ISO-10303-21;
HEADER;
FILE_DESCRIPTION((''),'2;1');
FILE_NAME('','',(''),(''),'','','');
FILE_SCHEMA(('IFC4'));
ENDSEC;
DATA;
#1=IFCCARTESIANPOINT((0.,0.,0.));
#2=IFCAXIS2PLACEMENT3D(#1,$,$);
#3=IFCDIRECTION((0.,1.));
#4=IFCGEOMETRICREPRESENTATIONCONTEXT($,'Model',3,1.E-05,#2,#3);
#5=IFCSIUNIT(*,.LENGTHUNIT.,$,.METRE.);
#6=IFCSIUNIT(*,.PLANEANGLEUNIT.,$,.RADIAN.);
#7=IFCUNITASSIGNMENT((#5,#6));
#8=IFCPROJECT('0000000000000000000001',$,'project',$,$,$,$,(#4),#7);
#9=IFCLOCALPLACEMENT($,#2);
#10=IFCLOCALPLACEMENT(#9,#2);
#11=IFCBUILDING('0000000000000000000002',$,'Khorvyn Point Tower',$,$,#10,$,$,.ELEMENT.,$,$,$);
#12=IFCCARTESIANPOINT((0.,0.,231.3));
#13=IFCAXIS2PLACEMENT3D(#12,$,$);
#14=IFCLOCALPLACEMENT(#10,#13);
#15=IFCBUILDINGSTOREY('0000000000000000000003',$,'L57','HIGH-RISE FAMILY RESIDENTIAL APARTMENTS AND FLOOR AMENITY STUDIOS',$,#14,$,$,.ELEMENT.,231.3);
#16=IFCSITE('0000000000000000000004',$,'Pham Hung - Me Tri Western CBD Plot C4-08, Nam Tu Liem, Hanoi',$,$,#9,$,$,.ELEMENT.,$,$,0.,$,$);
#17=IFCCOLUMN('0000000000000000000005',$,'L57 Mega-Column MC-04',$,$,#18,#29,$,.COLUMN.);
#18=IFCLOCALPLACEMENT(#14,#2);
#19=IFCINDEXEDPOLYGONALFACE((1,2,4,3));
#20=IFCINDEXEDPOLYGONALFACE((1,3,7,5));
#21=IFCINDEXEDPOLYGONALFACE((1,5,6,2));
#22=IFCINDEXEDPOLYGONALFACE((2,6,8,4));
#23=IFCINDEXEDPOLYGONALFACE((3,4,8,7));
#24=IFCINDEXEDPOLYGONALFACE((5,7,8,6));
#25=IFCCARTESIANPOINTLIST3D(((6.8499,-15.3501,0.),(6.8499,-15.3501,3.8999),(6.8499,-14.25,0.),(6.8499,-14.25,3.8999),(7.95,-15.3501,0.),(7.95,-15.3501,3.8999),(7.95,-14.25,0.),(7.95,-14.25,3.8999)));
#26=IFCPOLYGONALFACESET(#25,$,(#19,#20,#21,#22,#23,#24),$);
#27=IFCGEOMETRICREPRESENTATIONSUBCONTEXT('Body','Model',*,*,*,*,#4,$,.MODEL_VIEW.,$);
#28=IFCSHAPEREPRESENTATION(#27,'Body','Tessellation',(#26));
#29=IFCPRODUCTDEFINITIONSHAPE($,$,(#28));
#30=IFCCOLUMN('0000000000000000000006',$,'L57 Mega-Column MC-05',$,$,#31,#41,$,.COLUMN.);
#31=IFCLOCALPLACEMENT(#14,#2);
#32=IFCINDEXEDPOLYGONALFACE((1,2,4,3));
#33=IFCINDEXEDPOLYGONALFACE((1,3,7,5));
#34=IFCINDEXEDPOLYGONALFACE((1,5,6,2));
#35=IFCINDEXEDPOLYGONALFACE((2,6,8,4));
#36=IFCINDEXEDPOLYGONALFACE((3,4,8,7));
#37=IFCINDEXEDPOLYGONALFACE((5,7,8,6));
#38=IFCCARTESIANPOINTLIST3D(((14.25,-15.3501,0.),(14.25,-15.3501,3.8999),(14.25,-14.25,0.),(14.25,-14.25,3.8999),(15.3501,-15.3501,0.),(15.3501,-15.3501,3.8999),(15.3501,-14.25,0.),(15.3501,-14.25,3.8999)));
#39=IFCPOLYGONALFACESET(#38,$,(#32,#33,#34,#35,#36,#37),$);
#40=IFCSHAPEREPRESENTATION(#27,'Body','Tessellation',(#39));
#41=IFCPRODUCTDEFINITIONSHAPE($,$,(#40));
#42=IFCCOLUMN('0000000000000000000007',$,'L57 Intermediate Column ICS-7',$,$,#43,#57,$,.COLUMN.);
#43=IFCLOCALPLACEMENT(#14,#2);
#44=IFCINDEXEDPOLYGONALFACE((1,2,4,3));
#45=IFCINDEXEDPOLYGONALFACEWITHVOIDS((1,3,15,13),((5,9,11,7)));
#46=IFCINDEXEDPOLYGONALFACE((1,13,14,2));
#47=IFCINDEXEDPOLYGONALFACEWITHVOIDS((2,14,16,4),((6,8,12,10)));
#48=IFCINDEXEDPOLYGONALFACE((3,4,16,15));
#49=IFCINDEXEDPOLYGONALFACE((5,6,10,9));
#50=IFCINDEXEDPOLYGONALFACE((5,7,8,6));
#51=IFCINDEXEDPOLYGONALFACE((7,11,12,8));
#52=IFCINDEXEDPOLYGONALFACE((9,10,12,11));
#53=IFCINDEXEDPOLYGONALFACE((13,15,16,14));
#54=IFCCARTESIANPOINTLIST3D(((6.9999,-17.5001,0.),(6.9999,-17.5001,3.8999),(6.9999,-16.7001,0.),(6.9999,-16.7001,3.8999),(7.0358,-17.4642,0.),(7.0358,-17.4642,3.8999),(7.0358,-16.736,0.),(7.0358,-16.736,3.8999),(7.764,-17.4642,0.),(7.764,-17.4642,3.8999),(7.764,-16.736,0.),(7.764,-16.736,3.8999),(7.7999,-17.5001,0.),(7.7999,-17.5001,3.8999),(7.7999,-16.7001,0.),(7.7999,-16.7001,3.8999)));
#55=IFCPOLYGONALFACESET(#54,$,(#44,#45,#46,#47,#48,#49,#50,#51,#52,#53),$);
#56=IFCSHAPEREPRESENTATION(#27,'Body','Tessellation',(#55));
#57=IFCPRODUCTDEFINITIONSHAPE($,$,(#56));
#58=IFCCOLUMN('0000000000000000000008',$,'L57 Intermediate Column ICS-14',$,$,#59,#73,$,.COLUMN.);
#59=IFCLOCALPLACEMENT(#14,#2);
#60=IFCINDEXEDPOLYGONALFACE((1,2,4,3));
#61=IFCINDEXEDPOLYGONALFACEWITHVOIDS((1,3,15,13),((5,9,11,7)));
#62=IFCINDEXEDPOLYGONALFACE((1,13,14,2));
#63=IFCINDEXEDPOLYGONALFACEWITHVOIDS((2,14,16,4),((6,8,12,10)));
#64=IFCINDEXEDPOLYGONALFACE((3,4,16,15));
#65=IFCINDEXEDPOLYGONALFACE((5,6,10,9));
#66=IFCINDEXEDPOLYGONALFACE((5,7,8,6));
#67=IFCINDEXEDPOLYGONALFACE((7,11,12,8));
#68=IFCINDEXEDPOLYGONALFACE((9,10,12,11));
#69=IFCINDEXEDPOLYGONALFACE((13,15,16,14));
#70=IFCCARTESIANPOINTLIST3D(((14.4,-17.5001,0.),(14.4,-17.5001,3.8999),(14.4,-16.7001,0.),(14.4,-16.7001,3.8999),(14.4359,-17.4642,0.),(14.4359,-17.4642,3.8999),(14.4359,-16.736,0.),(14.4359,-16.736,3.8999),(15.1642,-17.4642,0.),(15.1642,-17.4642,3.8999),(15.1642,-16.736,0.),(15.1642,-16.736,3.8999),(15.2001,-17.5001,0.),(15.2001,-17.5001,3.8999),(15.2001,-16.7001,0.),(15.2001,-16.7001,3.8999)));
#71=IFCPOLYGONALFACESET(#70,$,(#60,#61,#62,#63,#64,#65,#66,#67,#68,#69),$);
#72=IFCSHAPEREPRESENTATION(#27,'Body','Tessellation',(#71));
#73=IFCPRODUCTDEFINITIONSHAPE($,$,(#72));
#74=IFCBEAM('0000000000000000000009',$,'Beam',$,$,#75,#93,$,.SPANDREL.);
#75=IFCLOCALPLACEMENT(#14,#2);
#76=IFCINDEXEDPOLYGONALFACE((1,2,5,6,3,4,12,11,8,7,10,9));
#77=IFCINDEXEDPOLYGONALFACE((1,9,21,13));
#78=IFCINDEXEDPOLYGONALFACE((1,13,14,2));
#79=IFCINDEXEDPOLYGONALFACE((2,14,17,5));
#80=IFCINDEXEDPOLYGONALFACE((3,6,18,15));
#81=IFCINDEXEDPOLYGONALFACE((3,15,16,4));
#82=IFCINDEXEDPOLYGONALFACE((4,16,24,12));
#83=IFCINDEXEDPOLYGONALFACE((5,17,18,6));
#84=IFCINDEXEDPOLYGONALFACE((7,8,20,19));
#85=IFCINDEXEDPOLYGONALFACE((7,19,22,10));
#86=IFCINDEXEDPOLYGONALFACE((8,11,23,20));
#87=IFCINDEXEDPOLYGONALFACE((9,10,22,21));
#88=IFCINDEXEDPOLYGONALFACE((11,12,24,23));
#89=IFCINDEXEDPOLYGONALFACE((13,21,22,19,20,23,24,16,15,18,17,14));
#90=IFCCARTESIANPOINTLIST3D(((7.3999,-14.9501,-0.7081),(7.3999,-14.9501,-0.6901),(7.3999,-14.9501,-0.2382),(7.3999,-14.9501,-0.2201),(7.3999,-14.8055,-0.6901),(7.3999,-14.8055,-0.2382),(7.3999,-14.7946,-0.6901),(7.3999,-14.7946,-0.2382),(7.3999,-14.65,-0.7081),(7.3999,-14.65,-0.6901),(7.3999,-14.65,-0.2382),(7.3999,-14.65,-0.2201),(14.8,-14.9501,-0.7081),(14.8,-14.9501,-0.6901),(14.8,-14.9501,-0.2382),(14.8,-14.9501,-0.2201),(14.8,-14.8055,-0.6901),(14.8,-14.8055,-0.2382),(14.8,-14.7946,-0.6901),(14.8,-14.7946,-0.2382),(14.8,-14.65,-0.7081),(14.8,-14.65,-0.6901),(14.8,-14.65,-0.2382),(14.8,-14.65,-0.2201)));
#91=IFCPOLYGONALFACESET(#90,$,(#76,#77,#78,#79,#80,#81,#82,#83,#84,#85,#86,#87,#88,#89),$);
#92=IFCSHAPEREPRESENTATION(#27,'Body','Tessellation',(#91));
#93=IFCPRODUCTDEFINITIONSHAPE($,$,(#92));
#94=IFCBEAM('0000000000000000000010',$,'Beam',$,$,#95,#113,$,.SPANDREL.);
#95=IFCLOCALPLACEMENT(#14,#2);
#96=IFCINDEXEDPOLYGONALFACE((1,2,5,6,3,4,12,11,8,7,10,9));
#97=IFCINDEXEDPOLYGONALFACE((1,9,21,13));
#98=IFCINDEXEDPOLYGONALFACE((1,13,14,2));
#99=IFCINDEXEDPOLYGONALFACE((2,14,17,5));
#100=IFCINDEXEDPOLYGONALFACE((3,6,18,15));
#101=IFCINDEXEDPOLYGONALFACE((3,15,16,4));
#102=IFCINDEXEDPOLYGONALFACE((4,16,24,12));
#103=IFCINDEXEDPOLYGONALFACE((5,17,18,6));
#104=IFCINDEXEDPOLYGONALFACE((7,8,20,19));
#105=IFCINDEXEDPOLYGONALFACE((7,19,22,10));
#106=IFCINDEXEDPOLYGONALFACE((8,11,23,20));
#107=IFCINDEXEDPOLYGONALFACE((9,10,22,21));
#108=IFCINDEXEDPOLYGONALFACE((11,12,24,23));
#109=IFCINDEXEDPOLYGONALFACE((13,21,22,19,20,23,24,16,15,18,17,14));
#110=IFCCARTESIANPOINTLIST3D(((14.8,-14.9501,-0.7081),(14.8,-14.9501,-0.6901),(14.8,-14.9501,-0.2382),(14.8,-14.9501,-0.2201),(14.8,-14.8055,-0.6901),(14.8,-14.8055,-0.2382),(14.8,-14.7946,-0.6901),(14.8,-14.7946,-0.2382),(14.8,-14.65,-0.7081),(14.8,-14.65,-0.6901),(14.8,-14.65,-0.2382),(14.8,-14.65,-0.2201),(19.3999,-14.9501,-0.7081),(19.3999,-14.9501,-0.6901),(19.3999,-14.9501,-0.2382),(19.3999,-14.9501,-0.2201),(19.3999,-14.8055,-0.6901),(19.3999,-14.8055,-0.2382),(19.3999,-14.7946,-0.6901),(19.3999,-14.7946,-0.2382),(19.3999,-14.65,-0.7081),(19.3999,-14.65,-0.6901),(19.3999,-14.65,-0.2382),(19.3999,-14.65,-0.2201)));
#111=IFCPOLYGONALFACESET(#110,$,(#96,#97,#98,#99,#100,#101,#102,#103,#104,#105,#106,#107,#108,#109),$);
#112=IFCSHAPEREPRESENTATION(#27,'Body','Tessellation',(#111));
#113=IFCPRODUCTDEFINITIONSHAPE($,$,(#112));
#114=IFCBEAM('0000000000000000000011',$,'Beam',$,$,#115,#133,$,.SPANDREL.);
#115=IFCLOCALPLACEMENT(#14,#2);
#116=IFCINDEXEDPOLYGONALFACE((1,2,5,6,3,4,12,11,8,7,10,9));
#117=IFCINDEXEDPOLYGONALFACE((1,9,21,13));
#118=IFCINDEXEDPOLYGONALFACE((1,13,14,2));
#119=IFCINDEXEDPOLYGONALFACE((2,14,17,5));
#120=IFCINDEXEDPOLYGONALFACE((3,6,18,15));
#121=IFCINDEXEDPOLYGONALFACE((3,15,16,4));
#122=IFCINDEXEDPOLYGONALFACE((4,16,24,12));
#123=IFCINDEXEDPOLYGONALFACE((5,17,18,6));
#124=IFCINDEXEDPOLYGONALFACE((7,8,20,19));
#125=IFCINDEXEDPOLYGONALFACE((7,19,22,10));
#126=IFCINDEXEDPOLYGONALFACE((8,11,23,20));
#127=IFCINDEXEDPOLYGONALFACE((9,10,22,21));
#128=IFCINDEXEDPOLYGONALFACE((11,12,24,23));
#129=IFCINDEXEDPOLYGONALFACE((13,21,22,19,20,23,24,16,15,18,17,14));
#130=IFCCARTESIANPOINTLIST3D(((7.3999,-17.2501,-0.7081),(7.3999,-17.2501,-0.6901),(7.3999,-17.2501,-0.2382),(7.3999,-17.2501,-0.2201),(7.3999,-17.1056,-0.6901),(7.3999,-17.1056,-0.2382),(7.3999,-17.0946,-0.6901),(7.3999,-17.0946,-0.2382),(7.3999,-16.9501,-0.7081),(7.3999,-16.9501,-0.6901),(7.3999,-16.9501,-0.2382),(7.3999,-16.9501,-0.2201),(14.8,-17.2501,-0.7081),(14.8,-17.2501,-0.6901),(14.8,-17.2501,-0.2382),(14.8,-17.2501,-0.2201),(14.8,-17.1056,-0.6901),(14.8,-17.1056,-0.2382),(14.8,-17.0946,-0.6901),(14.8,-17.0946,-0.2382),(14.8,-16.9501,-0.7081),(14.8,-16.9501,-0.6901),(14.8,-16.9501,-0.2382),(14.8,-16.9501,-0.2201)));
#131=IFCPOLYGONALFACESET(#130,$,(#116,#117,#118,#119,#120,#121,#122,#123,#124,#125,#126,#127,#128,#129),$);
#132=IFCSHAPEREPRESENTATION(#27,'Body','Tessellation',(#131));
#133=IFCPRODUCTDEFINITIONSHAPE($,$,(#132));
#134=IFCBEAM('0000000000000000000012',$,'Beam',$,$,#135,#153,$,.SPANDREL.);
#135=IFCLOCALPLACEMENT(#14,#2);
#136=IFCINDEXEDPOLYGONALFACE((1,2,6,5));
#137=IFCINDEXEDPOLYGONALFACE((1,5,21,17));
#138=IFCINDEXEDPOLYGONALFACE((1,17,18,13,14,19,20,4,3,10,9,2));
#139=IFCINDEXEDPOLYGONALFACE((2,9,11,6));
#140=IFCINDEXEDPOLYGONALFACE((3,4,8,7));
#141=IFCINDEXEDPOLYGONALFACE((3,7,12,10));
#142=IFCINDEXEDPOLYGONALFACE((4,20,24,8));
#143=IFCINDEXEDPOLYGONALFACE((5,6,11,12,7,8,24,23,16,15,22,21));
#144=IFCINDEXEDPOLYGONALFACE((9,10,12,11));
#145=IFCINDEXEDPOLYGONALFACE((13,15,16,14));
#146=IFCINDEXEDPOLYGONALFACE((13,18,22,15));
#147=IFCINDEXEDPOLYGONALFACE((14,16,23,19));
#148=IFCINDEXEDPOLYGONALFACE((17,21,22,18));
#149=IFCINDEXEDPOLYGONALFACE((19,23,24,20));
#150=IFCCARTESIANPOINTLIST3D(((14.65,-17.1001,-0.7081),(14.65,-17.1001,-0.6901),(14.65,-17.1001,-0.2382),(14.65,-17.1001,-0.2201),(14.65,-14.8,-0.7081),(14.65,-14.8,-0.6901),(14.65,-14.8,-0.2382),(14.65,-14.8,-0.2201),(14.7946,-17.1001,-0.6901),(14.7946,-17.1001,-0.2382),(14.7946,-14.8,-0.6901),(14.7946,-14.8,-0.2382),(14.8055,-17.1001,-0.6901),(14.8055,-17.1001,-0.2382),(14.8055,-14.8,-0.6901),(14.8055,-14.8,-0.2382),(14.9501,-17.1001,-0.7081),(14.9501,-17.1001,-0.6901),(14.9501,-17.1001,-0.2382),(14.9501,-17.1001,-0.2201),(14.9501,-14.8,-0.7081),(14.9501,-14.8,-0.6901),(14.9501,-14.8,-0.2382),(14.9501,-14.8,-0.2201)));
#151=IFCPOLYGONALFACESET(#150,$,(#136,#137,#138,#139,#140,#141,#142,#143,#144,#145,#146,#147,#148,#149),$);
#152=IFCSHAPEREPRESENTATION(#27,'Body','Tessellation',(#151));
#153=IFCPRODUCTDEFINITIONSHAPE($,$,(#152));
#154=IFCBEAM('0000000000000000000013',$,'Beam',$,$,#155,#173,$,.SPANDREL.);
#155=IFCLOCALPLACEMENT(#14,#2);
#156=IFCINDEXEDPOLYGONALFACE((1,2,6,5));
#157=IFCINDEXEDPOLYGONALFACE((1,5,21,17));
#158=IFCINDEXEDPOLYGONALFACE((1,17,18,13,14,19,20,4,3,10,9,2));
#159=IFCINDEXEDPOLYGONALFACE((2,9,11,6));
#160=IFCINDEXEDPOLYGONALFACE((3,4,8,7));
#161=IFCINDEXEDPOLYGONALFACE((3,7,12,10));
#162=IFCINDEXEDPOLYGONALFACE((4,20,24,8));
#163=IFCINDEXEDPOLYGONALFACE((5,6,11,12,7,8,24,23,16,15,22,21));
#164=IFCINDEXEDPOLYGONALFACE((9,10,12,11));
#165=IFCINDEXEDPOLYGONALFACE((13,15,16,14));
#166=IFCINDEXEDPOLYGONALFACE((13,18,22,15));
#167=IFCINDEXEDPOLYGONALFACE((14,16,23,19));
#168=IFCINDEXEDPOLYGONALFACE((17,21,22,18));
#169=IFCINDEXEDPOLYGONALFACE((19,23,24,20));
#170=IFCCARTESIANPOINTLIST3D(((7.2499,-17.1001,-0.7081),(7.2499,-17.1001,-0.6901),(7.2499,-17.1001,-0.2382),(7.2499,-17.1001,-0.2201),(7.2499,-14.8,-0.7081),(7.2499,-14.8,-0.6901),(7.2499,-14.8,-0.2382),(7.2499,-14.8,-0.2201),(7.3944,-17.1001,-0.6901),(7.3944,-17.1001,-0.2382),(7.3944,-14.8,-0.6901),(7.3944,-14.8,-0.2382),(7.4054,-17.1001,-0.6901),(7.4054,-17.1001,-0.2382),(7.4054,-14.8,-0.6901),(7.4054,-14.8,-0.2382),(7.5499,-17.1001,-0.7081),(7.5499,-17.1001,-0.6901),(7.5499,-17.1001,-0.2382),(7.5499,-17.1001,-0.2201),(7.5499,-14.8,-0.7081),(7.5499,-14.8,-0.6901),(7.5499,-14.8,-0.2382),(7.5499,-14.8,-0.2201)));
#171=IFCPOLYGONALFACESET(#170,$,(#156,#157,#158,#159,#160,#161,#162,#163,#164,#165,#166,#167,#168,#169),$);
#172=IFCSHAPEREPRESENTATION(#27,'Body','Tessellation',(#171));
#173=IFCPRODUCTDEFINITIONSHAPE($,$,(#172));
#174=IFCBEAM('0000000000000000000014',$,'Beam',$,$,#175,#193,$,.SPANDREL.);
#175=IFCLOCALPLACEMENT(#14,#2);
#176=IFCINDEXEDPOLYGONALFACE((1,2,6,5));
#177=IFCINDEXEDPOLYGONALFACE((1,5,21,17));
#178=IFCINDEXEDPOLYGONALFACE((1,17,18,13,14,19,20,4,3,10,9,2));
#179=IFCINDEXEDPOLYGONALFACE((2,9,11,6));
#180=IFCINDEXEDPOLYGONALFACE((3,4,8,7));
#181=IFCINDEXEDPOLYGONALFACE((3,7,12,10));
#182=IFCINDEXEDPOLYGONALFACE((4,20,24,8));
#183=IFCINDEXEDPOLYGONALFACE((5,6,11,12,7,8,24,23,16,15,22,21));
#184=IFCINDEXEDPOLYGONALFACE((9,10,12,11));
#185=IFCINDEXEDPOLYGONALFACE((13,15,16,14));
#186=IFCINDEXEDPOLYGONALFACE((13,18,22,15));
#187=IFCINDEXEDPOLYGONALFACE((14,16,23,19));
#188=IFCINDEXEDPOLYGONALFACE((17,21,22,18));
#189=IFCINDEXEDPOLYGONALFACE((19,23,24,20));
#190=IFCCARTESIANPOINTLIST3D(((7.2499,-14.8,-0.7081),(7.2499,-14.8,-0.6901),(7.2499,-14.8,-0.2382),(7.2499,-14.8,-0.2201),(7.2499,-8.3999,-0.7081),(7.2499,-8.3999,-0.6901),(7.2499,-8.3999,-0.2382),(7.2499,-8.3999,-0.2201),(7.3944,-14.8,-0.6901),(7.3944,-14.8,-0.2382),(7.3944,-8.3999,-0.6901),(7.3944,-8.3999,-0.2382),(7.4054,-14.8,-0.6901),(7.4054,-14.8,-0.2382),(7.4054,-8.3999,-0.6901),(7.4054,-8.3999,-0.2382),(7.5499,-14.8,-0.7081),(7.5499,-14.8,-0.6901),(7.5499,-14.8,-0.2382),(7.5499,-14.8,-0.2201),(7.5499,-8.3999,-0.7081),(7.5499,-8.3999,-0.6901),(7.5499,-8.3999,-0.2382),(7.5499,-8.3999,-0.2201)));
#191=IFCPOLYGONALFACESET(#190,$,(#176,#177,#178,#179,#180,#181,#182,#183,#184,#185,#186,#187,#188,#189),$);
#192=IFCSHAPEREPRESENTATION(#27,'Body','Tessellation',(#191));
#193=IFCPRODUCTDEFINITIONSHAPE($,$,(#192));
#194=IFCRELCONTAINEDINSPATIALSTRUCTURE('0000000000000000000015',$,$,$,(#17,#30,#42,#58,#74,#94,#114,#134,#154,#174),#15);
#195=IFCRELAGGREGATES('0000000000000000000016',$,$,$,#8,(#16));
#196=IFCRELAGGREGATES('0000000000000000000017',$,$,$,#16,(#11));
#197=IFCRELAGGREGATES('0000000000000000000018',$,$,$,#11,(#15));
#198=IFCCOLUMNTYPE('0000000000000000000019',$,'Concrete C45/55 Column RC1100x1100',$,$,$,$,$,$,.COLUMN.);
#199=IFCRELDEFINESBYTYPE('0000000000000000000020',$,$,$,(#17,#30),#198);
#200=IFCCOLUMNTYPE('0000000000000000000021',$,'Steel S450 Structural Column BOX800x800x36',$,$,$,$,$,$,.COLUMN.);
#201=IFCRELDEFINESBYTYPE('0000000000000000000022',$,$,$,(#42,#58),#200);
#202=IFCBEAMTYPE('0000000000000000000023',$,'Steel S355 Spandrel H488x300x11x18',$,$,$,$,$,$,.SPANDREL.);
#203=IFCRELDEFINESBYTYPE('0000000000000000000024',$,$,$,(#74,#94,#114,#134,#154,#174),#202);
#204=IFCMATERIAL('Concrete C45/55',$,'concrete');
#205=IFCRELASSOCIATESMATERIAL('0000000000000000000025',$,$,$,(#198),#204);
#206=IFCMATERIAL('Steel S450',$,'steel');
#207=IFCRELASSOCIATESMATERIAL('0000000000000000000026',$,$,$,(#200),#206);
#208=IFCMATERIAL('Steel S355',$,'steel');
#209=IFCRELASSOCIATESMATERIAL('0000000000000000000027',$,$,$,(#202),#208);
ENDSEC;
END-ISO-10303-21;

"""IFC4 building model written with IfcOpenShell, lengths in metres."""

from ifc_helpers import new_model, si_unit, direction, frame, origin, origin_2d, place, context, subcontext, project, spatial, rectangle, hollow_rectangle, i_section, extrude, material, material_profile, profile_set, type_object, element, save


model = new_model("IFC4")

# Units and contexts
model_context = context("Model", 3, precision=1e-05, world=origin(), true_north=direction((0.0, 1.0)))
body_context = subcontext(model_context, "Body", "Model", "MODEL_VIEW")
ifc_project = project(units=[si_unit("LENGTHUNIT", "METRE"), si_unit("PLANEANGLEUNIT", "RADIAN")], contexts=[model_context])

# Site, building, storey
site_placement = place(None, origin())
site = spatial("IfcSite", under=ifc_project, at=site_placement, Name="Pham Hung - Me Tri Western CBD Plot C4-08, Nam Tu Liem, Hanoi", CompositionType="ELEMENT", RefElevation=0.0)
building_placement = place(site_placement, origin())
building = spatial("IfcBuilding", under=site, at=building_placement, Name="Khorvyn Point Tower", CompositionType="ELEMENT")
storey_placement = place(building_placement, frame((0.0, 0.0, 231.3)))
storey = spatial("IfcBuildingStorey", under=building, at=storey_placement, Name="L57", Description="HIGH-RISE FAMILY RESIDENTIAL APARTMENTS AND FLOOR AMENITY STUDIOS", CompositionType="ELEMENT", Elevation=231.3)

# Columns
ifc_material_1 = material(Name="Concrete C45/55", Category="concrete")
ifc_material_profile_1 = material_profile(ifc_material_1, rectangle(XDim=1.1001, YDim=1.1001, at=origin_2d()))
ifc_profile_set_1 = profile_set([ifc_material_profile_1], Name="Concrete C45/55 RC1100x1100")
column_type_1 = type_object("IfcColumnType", Name="Concrete C45/55 Column RC1100x1100", PredefinedType="COLUMN", material=ifc_profile_set_1)
for number, where, z_axis, x_axis, name in (
    (1, (7.3999, -14.8, 0.0), (0.0, 0.0, 1.0), (1.0, 0.0, 0.0), "L57 Mega-Column MC-04"),
    (2, (14.8, -14.8, 0.0), (0.0, 0.0, 1.0), (1.0, 0.0, 0.0), "L57 Mega-Column MC-05"),
):
    element("IfcColumn", number, at=place(storey_placement, frame(where, z_axis=z_axis, x_axis=x_axis)), inside=storey, type_object=column_type_1, Name=name, PredefinedType="COLUMN", context=body_context, shape_type="SweptSolid", body=[
        extrude(rectangle(XDim=1.1001, YDim=1.1001, at=origin_2d()), origin(), (0.0, 0.0, 1.0), 3.8999),
    ])
ifc_material_2 = material(Name="Steel S450", Category="steel")
ifc_material_profile_2 = material_profile(ifc_material_2, hollow_rectangle(XDim=0.8, YDim=0.8, WallThickness=0.0359, at=origin_2d()))
ifc_profile_set_2 = profile_set([ifc_material_profile_2], Name="Steel S450 BOX800x800x36")
column_type_2 = type_object("IfcColumnType", Name="Steel S450 Structural Column BOX800x800x36", PredefinedType="COLUMN", material=ifc_profile_set_2)
for number, where, z_axis, x_axis, name in (
    (3, (7.3999, -17.1001, 0.0), (0.0, 0.0, 1.0), (1.0, 0.0, 0.0), "L57 Intermediate Column ICS-7"),
    (4, (14.8, -17.1001, 0.0), (0.0, 0.0, 1.0), (1.0, 0.0, 0.0), "L57 Intermediate Column ICS-14"),
):
    element("IfcColumn", number, at=place(storey_placement, frame(where, z_axis=z_axis, x_axis=x_axis)), inside=storey, type_object=column_type_2, Name=name, PredefinedType="COLUMN", context=body_context, shape_type="SweptSolid", body=[
        extrude(hollow_rectangle(XDim=0.8, YDim=0.8, WallThickness=0.0359, at=origin_2d()), origin(), (0.0, 0.0, 1.0), 3.8999),
    ])

# Beams
ifc_material_3 = material(Name="Steel S355", Category="steel")
ifc_material_profile_3 = material_profile(ifc_material_3, i_section(OverallWidth=0.3, OverallDepth=0.488, WebThickness=0.011, FlangeThickness=0.0181, at=origin_2d()))
ifc_profile_set_3 = profile_set([ifc_material_profile_3], Name="Steel S355 H488x300x11x18")
beam_type = type_object("IfcBeamType", Name="Steel S355 Spandrel H488x300x11x18", PredefinedType="SPANDREL", material=ifc_profile_set_3)
beam_1_placement = place(storey_placement, frame((7.3999, -14.8, -0.4641), z_axis=(1.0, 0.0, 0.0), x_axis=(0.0, 1.0, 0.0)))
element("IfcBeam", 5, at=beam_1_placement, inside=storey, type_object=beam_type, Name="Beam", PredefinedType="SPANDREL", context=body_context, shape_type="SweptSolid", body=[
    extrude(i_section(OverallWidth=0.3, OverallDepth=0.488, WebThickness=0.011, FlangeThickness=0.0181, at=origin_2d()), origin(), (0.0, 0.0, 1.0), 7.4001),
])
beam_2_placement = place(storey_placement, frame((14.8, -14.8, -0.4641), z_axis=(1.0, 0.0, 0.0), x_axis=(0.0, 1.0, 0.0)))
element("IfcBeam", 6, at=beam_2_placement, inside=storey, type_object=beam_type, Name="Beam", PredefinedType="SPANDREL", context=body_context, shape_type="SweptSolid", body=[
    extrude(i_section(OverallWidth=0.3, OverallDepth=0.488, WebThickness=0.011, FlangeThickness=0.0181, at=origin_2d()), origin(), (0.0, 0.0, 1.0), 4.5999),
])
beam_3_placement = place(storey_placement, frame((7.3999, -17.1001, -0.4641), z_axis=(1.0, 0.0, 0.0), x_axis=(0.0, 1.0, 0.0)))
element("IfcBeam", 7, at=beam_3_placement, inside=storey, type_object=beam_type, Name="Beam", PredefinedType="SPANDREL", context=body_context, shape_type="SweptSolid", body=[
    extrude(i_section(OverallWidth=0.3, OverallDepth=0.488, WebThickness=0.011, FlangeThickness=0.0181, at=origin_2d()), origin(), (0.0, 0.0, 1.0), 7.4001),
])
for number, where, z_axis, x_axis, name in (
    (8, (14.8, -17.1001, -0.4641), (0.0, 1.0, 0.0), (-1.0, 0.0, 0.0), "Beam"),
    (9, (7.3999, -17.1001, -0.4641), (0.0, 1.0, 0.0), (-1.0, 0.0, 0.0), "Beam"),
):
    element("IfcBeam", number, at=place(storey_placement, frame(where, z_axis=z_axis, x_axis=x_axis)), inside=storey, type_object=beam_type, Name=name, PredefinedType="SPANDREL", context=body_context, shape_type="SweptSolid", body=[
        extrude(i_section(OverallWidth=0.3, OverallDepth=0.488, WebThickness=0.011, FlangeThickness=0.0181, at=origin_2d()), origin(), (0.0, 0.0, 1.0), 2.3),
    ])
beam_4_placement = place(storey_placement, frame((7.3999, -14.8, -0.4641), z_axis=(0.0, 1.0, 0.0), x_axis=(-1.0, 0.0, 0.0)))
element("IfcBeam", 10, at=beam_4_placement, inside=storey, type_object=beam_type, Name="Beam", PredefinedType="SPANDREL", context=body_context, shape_type="SweptSolid", body=[
    extrude(i_section(OverallWidth=0.3, OverallDepth=0.488, WebThickness=0.011, FlangeThickness=0.0181, at=origin_2d()), origin(), (0.0, 0.0, 1.0), 6.4001),
])

save(model, "model.ifc")
